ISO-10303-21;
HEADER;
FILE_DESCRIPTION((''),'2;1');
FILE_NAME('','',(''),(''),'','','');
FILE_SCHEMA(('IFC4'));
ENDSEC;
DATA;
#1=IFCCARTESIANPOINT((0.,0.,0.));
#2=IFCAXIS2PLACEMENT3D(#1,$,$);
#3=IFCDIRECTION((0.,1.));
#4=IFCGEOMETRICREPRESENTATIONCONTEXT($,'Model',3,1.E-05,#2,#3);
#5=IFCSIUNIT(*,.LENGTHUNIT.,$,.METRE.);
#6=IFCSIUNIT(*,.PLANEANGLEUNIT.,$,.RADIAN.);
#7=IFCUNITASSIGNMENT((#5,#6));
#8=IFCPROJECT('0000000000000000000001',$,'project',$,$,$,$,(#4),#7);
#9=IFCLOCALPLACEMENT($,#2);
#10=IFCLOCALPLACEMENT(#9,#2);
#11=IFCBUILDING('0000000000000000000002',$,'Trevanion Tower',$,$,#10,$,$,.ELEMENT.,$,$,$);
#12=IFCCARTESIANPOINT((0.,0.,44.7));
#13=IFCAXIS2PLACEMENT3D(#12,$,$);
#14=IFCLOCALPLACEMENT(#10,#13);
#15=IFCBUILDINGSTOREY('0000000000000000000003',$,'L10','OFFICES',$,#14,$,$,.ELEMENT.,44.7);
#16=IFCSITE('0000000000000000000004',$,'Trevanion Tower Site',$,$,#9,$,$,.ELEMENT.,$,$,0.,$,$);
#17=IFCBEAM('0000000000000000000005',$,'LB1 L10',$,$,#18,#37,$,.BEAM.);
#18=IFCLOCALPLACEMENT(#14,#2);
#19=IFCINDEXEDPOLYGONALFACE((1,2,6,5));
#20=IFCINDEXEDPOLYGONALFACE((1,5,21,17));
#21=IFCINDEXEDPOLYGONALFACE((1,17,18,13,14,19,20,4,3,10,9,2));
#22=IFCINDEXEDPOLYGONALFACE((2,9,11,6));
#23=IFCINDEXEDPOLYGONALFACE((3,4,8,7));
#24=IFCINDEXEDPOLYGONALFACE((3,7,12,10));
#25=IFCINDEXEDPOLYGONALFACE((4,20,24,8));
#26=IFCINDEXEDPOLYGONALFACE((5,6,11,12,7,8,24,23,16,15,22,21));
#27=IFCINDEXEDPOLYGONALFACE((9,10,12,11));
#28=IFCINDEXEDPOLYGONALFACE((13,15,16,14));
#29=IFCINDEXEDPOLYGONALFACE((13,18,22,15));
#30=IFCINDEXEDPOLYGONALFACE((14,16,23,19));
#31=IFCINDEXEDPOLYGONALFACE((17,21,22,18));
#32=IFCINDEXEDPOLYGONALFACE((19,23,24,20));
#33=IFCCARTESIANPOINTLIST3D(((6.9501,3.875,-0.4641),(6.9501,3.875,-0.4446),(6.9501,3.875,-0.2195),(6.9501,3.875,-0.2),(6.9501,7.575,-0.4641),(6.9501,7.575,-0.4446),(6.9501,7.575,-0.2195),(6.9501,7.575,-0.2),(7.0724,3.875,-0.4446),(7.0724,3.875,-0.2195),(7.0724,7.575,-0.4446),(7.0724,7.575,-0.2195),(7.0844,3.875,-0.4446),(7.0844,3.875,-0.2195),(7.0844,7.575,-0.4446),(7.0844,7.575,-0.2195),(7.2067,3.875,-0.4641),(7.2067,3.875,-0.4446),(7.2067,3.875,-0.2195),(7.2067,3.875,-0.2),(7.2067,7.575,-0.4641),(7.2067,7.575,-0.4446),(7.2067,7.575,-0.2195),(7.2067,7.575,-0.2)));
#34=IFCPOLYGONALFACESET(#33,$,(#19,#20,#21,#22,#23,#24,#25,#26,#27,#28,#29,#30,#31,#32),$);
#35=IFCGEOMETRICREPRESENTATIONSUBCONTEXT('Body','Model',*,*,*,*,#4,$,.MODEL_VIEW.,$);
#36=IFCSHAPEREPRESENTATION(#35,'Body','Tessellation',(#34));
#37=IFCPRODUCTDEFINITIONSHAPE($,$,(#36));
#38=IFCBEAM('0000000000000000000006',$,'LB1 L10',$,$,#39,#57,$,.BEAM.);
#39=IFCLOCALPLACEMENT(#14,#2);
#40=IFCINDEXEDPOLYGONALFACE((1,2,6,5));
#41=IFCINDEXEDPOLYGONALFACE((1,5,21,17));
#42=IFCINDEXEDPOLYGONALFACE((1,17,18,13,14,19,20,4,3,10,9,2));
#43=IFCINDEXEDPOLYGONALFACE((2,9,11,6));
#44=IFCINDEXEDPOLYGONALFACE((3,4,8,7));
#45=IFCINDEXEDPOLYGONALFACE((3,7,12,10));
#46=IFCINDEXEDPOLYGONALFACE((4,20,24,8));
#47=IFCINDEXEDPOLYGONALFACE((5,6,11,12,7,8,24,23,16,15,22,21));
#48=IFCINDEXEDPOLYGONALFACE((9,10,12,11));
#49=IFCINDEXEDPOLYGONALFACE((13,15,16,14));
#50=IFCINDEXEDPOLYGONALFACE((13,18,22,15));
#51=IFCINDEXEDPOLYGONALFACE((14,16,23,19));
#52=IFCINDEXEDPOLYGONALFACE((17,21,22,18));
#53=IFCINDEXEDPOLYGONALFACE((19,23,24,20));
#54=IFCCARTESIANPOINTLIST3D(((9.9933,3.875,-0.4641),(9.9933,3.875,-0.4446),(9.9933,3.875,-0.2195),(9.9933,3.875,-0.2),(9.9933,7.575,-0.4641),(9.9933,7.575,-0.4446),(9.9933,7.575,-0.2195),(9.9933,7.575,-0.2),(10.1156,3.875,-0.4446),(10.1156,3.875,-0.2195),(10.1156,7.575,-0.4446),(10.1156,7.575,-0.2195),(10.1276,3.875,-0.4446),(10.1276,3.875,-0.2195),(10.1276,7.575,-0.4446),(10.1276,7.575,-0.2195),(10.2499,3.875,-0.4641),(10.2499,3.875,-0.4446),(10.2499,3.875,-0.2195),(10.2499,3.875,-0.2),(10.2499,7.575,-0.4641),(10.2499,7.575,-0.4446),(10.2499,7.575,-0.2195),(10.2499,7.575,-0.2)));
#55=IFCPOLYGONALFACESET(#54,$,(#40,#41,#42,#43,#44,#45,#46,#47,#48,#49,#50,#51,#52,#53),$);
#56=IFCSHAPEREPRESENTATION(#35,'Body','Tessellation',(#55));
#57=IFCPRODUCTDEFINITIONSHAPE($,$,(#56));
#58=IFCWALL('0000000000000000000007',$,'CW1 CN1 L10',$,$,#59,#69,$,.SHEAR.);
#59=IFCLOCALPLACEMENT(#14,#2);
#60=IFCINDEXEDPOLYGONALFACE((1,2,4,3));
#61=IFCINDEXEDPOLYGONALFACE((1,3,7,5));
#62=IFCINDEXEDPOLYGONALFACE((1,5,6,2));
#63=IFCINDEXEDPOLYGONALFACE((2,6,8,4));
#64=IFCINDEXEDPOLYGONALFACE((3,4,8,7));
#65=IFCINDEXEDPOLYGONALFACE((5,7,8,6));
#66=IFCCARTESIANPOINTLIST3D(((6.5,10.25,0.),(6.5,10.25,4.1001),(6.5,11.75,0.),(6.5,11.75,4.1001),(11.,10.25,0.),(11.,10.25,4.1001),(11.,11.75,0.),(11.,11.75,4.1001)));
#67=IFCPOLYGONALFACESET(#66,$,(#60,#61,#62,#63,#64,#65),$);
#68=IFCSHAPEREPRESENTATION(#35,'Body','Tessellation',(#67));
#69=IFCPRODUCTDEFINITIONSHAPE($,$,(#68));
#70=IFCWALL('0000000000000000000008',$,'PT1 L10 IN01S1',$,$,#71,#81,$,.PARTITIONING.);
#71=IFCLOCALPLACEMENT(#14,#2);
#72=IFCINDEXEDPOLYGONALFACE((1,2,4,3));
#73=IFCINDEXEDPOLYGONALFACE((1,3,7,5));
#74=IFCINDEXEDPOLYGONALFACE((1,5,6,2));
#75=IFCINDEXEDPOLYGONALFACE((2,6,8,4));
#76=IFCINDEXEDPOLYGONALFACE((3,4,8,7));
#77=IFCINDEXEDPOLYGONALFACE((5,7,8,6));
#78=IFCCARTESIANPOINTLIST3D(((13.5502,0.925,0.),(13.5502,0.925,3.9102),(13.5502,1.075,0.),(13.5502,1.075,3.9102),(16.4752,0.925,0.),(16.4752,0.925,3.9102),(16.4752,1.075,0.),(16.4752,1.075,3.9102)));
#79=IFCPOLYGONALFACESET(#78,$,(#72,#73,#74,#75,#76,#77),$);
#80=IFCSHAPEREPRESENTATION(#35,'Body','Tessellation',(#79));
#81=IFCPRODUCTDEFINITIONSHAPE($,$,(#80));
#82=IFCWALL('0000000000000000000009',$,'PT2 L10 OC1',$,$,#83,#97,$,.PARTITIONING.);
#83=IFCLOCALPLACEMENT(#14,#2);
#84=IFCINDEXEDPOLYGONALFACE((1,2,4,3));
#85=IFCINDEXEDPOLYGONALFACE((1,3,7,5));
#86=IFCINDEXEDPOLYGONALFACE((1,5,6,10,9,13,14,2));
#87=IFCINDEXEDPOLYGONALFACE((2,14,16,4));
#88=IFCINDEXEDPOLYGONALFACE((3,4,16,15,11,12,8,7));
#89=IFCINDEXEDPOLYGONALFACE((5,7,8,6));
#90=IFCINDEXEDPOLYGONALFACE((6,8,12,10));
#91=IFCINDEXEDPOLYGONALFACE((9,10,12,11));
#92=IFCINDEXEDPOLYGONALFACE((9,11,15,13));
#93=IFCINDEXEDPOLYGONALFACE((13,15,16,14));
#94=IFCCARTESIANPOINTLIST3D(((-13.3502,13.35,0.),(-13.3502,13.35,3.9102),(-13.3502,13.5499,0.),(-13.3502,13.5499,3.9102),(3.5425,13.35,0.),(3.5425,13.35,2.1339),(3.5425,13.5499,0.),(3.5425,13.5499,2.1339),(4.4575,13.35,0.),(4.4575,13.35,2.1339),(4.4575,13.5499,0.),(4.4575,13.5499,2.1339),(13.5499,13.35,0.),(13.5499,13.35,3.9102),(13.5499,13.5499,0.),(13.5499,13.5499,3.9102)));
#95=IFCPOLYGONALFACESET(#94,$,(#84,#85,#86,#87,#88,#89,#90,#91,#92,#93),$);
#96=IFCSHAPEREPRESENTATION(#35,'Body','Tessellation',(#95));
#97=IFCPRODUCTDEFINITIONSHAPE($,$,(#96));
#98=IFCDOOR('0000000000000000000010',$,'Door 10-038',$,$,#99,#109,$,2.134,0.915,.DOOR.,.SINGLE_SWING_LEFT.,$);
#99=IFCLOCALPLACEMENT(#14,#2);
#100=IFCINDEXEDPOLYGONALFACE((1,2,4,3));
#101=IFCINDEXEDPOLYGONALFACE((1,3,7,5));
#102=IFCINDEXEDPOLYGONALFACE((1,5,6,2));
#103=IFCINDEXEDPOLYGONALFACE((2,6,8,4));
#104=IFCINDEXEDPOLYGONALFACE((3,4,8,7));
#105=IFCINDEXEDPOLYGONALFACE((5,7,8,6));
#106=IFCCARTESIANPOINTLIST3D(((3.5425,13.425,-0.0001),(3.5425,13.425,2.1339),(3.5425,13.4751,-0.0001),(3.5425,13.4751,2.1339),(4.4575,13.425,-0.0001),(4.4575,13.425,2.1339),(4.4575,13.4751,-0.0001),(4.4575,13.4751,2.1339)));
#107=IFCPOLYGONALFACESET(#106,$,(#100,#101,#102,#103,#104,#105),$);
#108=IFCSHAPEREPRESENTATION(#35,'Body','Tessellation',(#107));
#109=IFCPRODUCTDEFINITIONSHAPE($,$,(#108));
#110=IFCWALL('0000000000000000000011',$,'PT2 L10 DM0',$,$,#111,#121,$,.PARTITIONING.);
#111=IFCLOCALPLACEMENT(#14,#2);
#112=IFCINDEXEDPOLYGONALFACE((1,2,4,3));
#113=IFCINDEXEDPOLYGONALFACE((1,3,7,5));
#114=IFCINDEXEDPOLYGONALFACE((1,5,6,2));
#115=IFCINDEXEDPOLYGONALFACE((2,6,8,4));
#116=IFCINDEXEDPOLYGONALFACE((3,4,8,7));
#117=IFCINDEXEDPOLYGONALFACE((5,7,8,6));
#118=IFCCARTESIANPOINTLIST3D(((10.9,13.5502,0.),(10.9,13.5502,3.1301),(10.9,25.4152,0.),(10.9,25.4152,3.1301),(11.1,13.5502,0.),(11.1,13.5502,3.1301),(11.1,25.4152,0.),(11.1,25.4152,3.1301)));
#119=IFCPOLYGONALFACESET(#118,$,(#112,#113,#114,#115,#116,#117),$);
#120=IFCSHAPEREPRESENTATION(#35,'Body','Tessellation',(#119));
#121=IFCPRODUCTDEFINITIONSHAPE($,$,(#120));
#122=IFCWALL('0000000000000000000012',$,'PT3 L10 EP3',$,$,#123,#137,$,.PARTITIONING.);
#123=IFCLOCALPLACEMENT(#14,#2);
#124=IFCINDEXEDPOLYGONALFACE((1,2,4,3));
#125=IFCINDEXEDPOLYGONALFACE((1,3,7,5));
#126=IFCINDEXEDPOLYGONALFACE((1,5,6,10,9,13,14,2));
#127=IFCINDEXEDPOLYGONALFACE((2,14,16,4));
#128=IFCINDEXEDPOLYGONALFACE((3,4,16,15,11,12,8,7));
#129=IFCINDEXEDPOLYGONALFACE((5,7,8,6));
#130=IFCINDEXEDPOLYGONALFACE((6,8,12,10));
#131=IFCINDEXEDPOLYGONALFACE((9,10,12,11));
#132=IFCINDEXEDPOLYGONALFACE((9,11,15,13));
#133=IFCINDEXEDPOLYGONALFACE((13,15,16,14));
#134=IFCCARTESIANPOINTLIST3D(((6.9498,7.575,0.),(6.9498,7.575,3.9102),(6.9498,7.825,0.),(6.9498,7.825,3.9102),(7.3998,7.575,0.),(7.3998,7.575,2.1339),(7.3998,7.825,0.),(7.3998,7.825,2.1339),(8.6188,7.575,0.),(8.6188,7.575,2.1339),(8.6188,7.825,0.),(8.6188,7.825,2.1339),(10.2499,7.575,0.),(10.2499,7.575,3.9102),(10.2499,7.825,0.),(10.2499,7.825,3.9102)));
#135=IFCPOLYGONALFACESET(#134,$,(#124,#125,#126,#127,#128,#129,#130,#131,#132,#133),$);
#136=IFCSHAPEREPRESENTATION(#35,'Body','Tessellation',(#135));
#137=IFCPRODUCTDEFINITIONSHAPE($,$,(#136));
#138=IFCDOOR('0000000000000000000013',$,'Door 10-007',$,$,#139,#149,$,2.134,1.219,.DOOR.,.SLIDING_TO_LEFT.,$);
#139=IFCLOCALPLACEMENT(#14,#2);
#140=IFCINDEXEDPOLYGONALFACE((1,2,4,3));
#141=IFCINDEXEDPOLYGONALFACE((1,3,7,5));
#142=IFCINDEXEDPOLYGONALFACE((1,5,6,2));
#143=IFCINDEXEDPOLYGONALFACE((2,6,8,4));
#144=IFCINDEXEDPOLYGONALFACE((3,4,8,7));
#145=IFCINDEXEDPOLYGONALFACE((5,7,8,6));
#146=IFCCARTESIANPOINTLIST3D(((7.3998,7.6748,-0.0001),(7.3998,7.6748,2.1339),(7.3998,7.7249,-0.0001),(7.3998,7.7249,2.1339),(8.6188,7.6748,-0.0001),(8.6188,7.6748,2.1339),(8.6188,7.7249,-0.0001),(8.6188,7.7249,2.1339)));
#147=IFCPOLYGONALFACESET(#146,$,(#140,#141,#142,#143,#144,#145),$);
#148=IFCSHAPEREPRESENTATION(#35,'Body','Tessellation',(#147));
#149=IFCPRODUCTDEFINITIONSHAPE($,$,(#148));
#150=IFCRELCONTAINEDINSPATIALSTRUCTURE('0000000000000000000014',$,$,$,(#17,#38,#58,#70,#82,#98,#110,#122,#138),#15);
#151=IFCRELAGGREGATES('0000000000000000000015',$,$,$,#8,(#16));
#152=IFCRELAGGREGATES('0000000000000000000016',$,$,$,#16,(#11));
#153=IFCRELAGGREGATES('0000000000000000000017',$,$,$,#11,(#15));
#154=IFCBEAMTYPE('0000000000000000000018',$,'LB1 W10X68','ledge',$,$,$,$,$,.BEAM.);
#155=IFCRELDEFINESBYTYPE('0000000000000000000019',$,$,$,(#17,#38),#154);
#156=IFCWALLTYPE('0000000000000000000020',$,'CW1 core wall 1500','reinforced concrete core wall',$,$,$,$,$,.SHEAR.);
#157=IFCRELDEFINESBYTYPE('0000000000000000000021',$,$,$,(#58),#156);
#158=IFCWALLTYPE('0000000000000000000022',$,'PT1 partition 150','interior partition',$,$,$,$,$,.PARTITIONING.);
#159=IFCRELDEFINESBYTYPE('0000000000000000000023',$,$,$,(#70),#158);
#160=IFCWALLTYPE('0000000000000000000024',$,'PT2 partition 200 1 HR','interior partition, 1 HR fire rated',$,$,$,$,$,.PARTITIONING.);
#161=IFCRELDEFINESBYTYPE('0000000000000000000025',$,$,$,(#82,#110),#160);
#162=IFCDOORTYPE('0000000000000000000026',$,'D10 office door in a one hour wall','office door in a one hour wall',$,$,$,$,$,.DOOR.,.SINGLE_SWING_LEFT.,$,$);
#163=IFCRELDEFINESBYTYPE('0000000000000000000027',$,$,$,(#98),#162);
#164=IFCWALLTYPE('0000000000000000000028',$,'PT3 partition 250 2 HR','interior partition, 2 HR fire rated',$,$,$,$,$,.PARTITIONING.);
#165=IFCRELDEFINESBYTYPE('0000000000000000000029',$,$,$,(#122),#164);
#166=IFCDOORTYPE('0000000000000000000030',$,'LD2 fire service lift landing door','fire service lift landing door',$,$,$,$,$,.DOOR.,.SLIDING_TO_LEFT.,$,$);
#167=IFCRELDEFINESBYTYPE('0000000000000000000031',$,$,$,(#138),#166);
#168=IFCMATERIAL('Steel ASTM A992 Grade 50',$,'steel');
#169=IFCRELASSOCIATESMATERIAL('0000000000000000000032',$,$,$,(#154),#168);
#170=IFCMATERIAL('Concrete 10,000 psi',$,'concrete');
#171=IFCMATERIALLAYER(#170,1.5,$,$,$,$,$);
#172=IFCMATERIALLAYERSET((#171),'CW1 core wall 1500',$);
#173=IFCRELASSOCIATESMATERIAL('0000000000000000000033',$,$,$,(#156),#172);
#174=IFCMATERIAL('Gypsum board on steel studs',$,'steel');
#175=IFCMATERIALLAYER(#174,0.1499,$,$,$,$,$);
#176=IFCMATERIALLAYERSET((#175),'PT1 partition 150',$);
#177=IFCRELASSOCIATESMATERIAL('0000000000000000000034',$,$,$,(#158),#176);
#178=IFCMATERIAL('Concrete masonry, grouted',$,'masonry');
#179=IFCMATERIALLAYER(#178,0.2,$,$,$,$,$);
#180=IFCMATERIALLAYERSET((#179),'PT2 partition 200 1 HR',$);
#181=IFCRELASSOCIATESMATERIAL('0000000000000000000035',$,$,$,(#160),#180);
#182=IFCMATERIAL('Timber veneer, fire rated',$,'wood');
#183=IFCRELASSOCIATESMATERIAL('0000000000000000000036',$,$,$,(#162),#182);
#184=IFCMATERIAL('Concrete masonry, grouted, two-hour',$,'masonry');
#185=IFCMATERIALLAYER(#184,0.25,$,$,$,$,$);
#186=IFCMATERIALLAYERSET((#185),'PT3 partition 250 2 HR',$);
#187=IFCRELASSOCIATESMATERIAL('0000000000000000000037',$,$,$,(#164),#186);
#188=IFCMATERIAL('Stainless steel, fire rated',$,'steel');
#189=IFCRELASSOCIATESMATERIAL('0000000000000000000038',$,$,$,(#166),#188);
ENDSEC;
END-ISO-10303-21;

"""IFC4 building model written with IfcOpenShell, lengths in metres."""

from ifc_helpers import new_model, si_unit, direction, frame, frame_2d, origin, origin_2d, place, context, subcontext, project, spatial, rectangle, i_section, extrude, material, layer, layer_set, material_profile, profile_set, type_object, element, fill, save


model = new_model("IFC4")

# Units and contexts
model_context = context("Model", 3, precision=1e-05, world=origin(), true_north=direction((0.0, 1.0)))
body_context = subcontext(model_context, "Body", "Model", "MODEL_VIEW")
ifc_project = project(units=[si_unit("LENGTHUNIT", "METRE"), si_unit("PLANEANGLEUNIT", "RADIAN")], contexts=[model_context])

# Site, building, storey
site_placement = place(None, origin())
site = spatial("IfcSite", under=ifc_project, at=site_placement, Name="Trevanion Tower Site", CompositionType="ELEMENT", RefElevation=0.0)
building_placement = place(site_placement, origin())
building = spatial("IfcBuilding", under=site, at=building_placement, Name="Trevanion Tower", CompositionType="ELEMENT")
storey_placement = place(building_placement, frame((0.0, 0.0, 44.7)))
storey = spatial("IfcBuildingStorey", under=building, at=storey_placement, Name="L10", Description="OFFICES", CompositionType="ELEMENT", Elevation=44.7)

# Beams
ifc_material_1 = material(Name="Steel ASTM A992 Grade 50", Category="steel")
ifc_material_profile_1 = material_profile(ifc_material_1, i_section(OverallWidth=0.2566, OverallDepth=0.2642, WebThickness=0.012, FlangeThickness=0.0195, at=origin_2d()), Name="W10X68")
ifc_profile_set_1 = profile_set([ifc_material_profile_1], Name="Steel ASTM A992 Grade 50")
beam_type_1 = type_object("IfcBeamType", Name="LB1 W10X68", Description="ledge", PredefinedType="BEAM", material=ifc_profile_set_1)
for number, where, z_axis, x_axis, name in (
    (1, (7.0784, 3.875, -0.332), (0.0, 1.0, 0.0), (-1.0, 0.0, 0.0), "LB1 L10"),
    (2, (10.1216, 3.875, -0.332), (0.0, 1.0, 0.0), (-1.0, 0.0, 0.0), "LB1 L10"),
):
    element("IfcBeam", number, at=place(storey_placement, frame(where, z_axis=z_axis, x_axis=x_axis)), inside=storey, type_object=beam_type_1, Name=name, PredefinedType="BEAM", context=body_context, shape_type="SweptSolid", body=[
        extrude(i_section(OverallWidth=0.2566, OverallDepth=0.2642, WebThickness=0.012, FlangeThickness=0.0195, at=origin_2d()), origin(), (0.0, 0.0, 1.0), 3.7),
    ])

# Walls
ifc_material_2 = material(Name="Concrete 10,000 psi", Category="concrete")
ifc_layer_1 = layer(ifc_material_2, 1.5)
ifc_layer_set_1 = layer_set([ifc_layer_1], Name="CW1 core wall 1500")
wall_type_1 = type_object("IfcWallType", Name="CW1 core wall 1500", Description="reinforced concrete core wall", PredefinedType="SHEAR", material=ifc_layer_set_1)
wall_1_placement = place(storey_placement, frame((11.0, 11.0, 0.0), z_axis=(0.0, 0.0, 1.0), x_axis=(-1.0, 0.0, 0.0)))
element("IfcWall", 3, at=wall_1_placement, inside=storey, type_object=wall_type_1, Name="CW1 CN1 L10", PredefinedType="SHEAR", context=body_context, shape_type="SweptSolid", body=[
    extrude(rectangle(XDim=4.5, YDim=1.5, at=frame_2d((2.25, 0.0))), origin(), (0.0, 0.0, 1.0), 4.1001),
])
ifc_material_3 = material(Name="Gypsum board on steel studs", Category="steel")
ifc_layer_2 = layer(ifc_material_3, 0.1499)
ifc_layer_set_2 = layer_set([ifc_layer_2], Name="PT1 partition 150")
wall_type_2 = type_object("IfcWallType", Name="PT1 partition 150", Description="interior partition", PredefinedType="PARTITIONING", material=ifc_layer_set_2)
wall_2_placement = place(storey_placement, frame((16.4751, 1.0, 0.0), z_axis=(0.0, 0.0, 1.0), x_axis=(-1.0, 0.0, 0.0)))
element("IfcWall", 4, at=wall_2_placement, inside=storey, type_object=wall_type_2, Name="PT1 L10 IN01S1", PredefinedType="PARTITIONING", context=body_context, shape_type="SweptSolid", body=[
    extrude(rectangle(XDim=2.925, YDim=0.1499, at=frame_2d((1.4624, 0.0))), origin(), (0.0, 0.0, 1.0), 3.9102),
])

# Wall, opening, door
ifc_material_4 = material(Name="Concrete masonry, grouted", Category="masonry")
ifc_layer_3 = layer(ifc_material_4, 0.2)
ifc_layer_set_3 = layer_set([ifc_layer_3], Name="PT2 partition 200 1 HR")
wall_type_3 = type_object("IfcWallType", Name="PT2 partition 200 1 HR", Description="interior partition, 1 HR fire rated", PredefinedType="PARTITIONING", material=ifc_layer_set_3)
wall_3_placement = place(storey_placement, frame((13.55, 13.45, 0.0), z_axis=(0.0, 0.0, 1.0), x_axis=(-1.0, 0.0, 0.0)))
wall_3 = element("IfcWall", 5, at=wall_3_placement, inside=storey, type_object=wall_type_3, Name="PT2 L10 OC1", PredefinedType="PARTITIONING", context=body_context, shape_type="SweptSolid", body=[
    extrude(rectangle(XDim=26.9001, YDim=0.2, at=frame_2d((13.4502, 0.0))), origin(), (0.0, 0.0, 1.0), 3.9102),
])
opening_1_placement = place(wall_3_placement, frame((9.0925, 0.0, 0.0)))
opening_1 = element("IfcOpeningElement", 6, at=opening_1_placement, cuts=wall_3, PredefinedType="OPENING", context=body_context, shape_type="SweptSolid", body=[
    extrude(rectangle(XDim=0.915, YDim=2.134, at=frame_2d((0.4575, 1.0669))), frame((0.0, 0.1099, 0.0), z_axis=(0.0, -1.0, 0.0), x_axis=(1.0, 0.0, 0.0)), (0.0, 0.0, 1.0), 0.22),
])
ifc_material_5 = material(Name="Timber veneer, fire rated", Category="wood")
door_type_1 = type_object("IfcDoorType", Name="D10 office door in a one hour wall", Description="office door in a one hour wall", OperationType="SINGLE_SWING_LEFT", PredefinedType="DOOR", material=ifc_material_5)
door_1_placement = place(opening_1_placement, origin())
door_1 = element("IfcDoor", 7, at=door_1_placement, inside=storey, type_object=door_type_1, Name="Door 10-038", OperationType="SINGLE_SWING_LEFT", OverallHeight=2.134, OverallWidth=0.915, PredefinedType="DOOR", context=body_context, shape_type="SweptSolid", body=[
    extrude(rectangle(XDim=0.915, YDim=2.134, at=frame_2d((0.4575, 1.0669))), frame((0.0, 0.0249, 0.0), z_axis=(0.0, -1.0, 0.0), x_axis=(1.0, 0.0, 0.0)), (0.0, 0.0, 1.0), 0.05),
])
fill(opening_1, door_1)

# Wall
wall_4_placement = place(storey_placement, frame((11.0, 13.55, 0.0), z_axis=(0.0, 0.0, 1.0), x_axis=(0.0, 1.0, 0.0)))
element("IfcWall", 8, at=wall_4_placement, inside=storey, type_object=wall_type_3, Name="PT2 L10 DM0", PredefinedType="PARTITIONING", context=body_context, shape_type="SweptSolid", body=[
    extrude(rectangle(XDim=11.865, YDim=0.2, at=frame_2d((5.9326, 0.0))), origin(), (0.0, 0.0, 1.0), 3.1301),
])

# Wall, opening, door
ifc_material_6 = material(Name="Concrete masonry, grouted, two-hour", Category="masonry")
ifc_layer_4 = layer(ifc_material_6, 0.25)
ifc_layer_set_4 = layer_set([ifc_layer_4], Name="PT3 partition 250 2 HR")
wall_type_4 = type_object("IfcWallType", Name="PT3 partition 250 2 HR", Description="interior partition, 2 HR fire rated", PredefinedType="PARTITIONING", material=ifc_layer_set_4)
wall_5_placement = place(storey_placement, frame((6.95, 7.7, 0.0), z_axis=(0.0, 0.0, 1.0), x_axis=(1.0, 0.0, 0.0)))
wall_5 = element("IfcWall", 9, at=wall_5_placement, inside=storey, type_object=wall_type_4, Name="PT3 L10 EP3", PredefinedType="PARTITIONING", context=body_context, shape_type="SweptSolid", body=[
    extrude(rectangle(XDim=3.3, YDim=0.25, at=frame_2d((1.6499, 0.0))), origin(), (0.0, 0.0, 1.0), 3.9102),
])
opening_2_placement = place(wall_5_placement, frame((0.45, 0.0, 0.0)))
opening_2 = element("IfcOpeningElement", 10, at=opening_2_placement, cuts=wall_5, PredefinedType="OPENING", context=body_context, shape_type="SweptSolid", body=[
    extrude(rectangle(XDim=1.219, YDim=2.134, at=frame_2d((0.6094, 1.0669))), frame((0.0, 0.135, 0.0), z_axis=(0.0, -1.0, 0.0), x_axis=(1.0, 0.0, 0.0)), (0.0, 0.0, 1.0), 0.27),
])
ifc_material_7 = material(Name="Stainless steel, fire rated", Category="steel")
door_type_2 = type_object("IfcDoorType", Name="LD2 fire service lift landing door", Description="fire service lift landing door", OperationType="SLIDING_TO_LEFT", PredefinedType="DOOR", material=ifc_material_7)
door_2_placement = place(opening_2_placement, origin())
door_2 = element("IfcDoor", 11, at=door_2_placement, inside=storey, type_object=door_type_2, Name="Door 10-007", OperationType="SLIDING_TO_LEFT", OverallHeight=2.134, OverallWidth=1.219, PredefinedType="DOOR", context=body_context, shape_type="SweptSolid", body=[
    extrude(rectangle(XDim=1.219, YDim=2.134, at=frame_2d((0.6094, 1.0669))), frame((0.0, 0.0249, 0.0), z_axis=(0.0, -1.0, 0.0), x_axis=(1.0, 0.0, 0.0)), (0.0, 0.0, 1.0), 0.05),
])
fill(opening_2, door_2)

save(model, "model.ifc")
